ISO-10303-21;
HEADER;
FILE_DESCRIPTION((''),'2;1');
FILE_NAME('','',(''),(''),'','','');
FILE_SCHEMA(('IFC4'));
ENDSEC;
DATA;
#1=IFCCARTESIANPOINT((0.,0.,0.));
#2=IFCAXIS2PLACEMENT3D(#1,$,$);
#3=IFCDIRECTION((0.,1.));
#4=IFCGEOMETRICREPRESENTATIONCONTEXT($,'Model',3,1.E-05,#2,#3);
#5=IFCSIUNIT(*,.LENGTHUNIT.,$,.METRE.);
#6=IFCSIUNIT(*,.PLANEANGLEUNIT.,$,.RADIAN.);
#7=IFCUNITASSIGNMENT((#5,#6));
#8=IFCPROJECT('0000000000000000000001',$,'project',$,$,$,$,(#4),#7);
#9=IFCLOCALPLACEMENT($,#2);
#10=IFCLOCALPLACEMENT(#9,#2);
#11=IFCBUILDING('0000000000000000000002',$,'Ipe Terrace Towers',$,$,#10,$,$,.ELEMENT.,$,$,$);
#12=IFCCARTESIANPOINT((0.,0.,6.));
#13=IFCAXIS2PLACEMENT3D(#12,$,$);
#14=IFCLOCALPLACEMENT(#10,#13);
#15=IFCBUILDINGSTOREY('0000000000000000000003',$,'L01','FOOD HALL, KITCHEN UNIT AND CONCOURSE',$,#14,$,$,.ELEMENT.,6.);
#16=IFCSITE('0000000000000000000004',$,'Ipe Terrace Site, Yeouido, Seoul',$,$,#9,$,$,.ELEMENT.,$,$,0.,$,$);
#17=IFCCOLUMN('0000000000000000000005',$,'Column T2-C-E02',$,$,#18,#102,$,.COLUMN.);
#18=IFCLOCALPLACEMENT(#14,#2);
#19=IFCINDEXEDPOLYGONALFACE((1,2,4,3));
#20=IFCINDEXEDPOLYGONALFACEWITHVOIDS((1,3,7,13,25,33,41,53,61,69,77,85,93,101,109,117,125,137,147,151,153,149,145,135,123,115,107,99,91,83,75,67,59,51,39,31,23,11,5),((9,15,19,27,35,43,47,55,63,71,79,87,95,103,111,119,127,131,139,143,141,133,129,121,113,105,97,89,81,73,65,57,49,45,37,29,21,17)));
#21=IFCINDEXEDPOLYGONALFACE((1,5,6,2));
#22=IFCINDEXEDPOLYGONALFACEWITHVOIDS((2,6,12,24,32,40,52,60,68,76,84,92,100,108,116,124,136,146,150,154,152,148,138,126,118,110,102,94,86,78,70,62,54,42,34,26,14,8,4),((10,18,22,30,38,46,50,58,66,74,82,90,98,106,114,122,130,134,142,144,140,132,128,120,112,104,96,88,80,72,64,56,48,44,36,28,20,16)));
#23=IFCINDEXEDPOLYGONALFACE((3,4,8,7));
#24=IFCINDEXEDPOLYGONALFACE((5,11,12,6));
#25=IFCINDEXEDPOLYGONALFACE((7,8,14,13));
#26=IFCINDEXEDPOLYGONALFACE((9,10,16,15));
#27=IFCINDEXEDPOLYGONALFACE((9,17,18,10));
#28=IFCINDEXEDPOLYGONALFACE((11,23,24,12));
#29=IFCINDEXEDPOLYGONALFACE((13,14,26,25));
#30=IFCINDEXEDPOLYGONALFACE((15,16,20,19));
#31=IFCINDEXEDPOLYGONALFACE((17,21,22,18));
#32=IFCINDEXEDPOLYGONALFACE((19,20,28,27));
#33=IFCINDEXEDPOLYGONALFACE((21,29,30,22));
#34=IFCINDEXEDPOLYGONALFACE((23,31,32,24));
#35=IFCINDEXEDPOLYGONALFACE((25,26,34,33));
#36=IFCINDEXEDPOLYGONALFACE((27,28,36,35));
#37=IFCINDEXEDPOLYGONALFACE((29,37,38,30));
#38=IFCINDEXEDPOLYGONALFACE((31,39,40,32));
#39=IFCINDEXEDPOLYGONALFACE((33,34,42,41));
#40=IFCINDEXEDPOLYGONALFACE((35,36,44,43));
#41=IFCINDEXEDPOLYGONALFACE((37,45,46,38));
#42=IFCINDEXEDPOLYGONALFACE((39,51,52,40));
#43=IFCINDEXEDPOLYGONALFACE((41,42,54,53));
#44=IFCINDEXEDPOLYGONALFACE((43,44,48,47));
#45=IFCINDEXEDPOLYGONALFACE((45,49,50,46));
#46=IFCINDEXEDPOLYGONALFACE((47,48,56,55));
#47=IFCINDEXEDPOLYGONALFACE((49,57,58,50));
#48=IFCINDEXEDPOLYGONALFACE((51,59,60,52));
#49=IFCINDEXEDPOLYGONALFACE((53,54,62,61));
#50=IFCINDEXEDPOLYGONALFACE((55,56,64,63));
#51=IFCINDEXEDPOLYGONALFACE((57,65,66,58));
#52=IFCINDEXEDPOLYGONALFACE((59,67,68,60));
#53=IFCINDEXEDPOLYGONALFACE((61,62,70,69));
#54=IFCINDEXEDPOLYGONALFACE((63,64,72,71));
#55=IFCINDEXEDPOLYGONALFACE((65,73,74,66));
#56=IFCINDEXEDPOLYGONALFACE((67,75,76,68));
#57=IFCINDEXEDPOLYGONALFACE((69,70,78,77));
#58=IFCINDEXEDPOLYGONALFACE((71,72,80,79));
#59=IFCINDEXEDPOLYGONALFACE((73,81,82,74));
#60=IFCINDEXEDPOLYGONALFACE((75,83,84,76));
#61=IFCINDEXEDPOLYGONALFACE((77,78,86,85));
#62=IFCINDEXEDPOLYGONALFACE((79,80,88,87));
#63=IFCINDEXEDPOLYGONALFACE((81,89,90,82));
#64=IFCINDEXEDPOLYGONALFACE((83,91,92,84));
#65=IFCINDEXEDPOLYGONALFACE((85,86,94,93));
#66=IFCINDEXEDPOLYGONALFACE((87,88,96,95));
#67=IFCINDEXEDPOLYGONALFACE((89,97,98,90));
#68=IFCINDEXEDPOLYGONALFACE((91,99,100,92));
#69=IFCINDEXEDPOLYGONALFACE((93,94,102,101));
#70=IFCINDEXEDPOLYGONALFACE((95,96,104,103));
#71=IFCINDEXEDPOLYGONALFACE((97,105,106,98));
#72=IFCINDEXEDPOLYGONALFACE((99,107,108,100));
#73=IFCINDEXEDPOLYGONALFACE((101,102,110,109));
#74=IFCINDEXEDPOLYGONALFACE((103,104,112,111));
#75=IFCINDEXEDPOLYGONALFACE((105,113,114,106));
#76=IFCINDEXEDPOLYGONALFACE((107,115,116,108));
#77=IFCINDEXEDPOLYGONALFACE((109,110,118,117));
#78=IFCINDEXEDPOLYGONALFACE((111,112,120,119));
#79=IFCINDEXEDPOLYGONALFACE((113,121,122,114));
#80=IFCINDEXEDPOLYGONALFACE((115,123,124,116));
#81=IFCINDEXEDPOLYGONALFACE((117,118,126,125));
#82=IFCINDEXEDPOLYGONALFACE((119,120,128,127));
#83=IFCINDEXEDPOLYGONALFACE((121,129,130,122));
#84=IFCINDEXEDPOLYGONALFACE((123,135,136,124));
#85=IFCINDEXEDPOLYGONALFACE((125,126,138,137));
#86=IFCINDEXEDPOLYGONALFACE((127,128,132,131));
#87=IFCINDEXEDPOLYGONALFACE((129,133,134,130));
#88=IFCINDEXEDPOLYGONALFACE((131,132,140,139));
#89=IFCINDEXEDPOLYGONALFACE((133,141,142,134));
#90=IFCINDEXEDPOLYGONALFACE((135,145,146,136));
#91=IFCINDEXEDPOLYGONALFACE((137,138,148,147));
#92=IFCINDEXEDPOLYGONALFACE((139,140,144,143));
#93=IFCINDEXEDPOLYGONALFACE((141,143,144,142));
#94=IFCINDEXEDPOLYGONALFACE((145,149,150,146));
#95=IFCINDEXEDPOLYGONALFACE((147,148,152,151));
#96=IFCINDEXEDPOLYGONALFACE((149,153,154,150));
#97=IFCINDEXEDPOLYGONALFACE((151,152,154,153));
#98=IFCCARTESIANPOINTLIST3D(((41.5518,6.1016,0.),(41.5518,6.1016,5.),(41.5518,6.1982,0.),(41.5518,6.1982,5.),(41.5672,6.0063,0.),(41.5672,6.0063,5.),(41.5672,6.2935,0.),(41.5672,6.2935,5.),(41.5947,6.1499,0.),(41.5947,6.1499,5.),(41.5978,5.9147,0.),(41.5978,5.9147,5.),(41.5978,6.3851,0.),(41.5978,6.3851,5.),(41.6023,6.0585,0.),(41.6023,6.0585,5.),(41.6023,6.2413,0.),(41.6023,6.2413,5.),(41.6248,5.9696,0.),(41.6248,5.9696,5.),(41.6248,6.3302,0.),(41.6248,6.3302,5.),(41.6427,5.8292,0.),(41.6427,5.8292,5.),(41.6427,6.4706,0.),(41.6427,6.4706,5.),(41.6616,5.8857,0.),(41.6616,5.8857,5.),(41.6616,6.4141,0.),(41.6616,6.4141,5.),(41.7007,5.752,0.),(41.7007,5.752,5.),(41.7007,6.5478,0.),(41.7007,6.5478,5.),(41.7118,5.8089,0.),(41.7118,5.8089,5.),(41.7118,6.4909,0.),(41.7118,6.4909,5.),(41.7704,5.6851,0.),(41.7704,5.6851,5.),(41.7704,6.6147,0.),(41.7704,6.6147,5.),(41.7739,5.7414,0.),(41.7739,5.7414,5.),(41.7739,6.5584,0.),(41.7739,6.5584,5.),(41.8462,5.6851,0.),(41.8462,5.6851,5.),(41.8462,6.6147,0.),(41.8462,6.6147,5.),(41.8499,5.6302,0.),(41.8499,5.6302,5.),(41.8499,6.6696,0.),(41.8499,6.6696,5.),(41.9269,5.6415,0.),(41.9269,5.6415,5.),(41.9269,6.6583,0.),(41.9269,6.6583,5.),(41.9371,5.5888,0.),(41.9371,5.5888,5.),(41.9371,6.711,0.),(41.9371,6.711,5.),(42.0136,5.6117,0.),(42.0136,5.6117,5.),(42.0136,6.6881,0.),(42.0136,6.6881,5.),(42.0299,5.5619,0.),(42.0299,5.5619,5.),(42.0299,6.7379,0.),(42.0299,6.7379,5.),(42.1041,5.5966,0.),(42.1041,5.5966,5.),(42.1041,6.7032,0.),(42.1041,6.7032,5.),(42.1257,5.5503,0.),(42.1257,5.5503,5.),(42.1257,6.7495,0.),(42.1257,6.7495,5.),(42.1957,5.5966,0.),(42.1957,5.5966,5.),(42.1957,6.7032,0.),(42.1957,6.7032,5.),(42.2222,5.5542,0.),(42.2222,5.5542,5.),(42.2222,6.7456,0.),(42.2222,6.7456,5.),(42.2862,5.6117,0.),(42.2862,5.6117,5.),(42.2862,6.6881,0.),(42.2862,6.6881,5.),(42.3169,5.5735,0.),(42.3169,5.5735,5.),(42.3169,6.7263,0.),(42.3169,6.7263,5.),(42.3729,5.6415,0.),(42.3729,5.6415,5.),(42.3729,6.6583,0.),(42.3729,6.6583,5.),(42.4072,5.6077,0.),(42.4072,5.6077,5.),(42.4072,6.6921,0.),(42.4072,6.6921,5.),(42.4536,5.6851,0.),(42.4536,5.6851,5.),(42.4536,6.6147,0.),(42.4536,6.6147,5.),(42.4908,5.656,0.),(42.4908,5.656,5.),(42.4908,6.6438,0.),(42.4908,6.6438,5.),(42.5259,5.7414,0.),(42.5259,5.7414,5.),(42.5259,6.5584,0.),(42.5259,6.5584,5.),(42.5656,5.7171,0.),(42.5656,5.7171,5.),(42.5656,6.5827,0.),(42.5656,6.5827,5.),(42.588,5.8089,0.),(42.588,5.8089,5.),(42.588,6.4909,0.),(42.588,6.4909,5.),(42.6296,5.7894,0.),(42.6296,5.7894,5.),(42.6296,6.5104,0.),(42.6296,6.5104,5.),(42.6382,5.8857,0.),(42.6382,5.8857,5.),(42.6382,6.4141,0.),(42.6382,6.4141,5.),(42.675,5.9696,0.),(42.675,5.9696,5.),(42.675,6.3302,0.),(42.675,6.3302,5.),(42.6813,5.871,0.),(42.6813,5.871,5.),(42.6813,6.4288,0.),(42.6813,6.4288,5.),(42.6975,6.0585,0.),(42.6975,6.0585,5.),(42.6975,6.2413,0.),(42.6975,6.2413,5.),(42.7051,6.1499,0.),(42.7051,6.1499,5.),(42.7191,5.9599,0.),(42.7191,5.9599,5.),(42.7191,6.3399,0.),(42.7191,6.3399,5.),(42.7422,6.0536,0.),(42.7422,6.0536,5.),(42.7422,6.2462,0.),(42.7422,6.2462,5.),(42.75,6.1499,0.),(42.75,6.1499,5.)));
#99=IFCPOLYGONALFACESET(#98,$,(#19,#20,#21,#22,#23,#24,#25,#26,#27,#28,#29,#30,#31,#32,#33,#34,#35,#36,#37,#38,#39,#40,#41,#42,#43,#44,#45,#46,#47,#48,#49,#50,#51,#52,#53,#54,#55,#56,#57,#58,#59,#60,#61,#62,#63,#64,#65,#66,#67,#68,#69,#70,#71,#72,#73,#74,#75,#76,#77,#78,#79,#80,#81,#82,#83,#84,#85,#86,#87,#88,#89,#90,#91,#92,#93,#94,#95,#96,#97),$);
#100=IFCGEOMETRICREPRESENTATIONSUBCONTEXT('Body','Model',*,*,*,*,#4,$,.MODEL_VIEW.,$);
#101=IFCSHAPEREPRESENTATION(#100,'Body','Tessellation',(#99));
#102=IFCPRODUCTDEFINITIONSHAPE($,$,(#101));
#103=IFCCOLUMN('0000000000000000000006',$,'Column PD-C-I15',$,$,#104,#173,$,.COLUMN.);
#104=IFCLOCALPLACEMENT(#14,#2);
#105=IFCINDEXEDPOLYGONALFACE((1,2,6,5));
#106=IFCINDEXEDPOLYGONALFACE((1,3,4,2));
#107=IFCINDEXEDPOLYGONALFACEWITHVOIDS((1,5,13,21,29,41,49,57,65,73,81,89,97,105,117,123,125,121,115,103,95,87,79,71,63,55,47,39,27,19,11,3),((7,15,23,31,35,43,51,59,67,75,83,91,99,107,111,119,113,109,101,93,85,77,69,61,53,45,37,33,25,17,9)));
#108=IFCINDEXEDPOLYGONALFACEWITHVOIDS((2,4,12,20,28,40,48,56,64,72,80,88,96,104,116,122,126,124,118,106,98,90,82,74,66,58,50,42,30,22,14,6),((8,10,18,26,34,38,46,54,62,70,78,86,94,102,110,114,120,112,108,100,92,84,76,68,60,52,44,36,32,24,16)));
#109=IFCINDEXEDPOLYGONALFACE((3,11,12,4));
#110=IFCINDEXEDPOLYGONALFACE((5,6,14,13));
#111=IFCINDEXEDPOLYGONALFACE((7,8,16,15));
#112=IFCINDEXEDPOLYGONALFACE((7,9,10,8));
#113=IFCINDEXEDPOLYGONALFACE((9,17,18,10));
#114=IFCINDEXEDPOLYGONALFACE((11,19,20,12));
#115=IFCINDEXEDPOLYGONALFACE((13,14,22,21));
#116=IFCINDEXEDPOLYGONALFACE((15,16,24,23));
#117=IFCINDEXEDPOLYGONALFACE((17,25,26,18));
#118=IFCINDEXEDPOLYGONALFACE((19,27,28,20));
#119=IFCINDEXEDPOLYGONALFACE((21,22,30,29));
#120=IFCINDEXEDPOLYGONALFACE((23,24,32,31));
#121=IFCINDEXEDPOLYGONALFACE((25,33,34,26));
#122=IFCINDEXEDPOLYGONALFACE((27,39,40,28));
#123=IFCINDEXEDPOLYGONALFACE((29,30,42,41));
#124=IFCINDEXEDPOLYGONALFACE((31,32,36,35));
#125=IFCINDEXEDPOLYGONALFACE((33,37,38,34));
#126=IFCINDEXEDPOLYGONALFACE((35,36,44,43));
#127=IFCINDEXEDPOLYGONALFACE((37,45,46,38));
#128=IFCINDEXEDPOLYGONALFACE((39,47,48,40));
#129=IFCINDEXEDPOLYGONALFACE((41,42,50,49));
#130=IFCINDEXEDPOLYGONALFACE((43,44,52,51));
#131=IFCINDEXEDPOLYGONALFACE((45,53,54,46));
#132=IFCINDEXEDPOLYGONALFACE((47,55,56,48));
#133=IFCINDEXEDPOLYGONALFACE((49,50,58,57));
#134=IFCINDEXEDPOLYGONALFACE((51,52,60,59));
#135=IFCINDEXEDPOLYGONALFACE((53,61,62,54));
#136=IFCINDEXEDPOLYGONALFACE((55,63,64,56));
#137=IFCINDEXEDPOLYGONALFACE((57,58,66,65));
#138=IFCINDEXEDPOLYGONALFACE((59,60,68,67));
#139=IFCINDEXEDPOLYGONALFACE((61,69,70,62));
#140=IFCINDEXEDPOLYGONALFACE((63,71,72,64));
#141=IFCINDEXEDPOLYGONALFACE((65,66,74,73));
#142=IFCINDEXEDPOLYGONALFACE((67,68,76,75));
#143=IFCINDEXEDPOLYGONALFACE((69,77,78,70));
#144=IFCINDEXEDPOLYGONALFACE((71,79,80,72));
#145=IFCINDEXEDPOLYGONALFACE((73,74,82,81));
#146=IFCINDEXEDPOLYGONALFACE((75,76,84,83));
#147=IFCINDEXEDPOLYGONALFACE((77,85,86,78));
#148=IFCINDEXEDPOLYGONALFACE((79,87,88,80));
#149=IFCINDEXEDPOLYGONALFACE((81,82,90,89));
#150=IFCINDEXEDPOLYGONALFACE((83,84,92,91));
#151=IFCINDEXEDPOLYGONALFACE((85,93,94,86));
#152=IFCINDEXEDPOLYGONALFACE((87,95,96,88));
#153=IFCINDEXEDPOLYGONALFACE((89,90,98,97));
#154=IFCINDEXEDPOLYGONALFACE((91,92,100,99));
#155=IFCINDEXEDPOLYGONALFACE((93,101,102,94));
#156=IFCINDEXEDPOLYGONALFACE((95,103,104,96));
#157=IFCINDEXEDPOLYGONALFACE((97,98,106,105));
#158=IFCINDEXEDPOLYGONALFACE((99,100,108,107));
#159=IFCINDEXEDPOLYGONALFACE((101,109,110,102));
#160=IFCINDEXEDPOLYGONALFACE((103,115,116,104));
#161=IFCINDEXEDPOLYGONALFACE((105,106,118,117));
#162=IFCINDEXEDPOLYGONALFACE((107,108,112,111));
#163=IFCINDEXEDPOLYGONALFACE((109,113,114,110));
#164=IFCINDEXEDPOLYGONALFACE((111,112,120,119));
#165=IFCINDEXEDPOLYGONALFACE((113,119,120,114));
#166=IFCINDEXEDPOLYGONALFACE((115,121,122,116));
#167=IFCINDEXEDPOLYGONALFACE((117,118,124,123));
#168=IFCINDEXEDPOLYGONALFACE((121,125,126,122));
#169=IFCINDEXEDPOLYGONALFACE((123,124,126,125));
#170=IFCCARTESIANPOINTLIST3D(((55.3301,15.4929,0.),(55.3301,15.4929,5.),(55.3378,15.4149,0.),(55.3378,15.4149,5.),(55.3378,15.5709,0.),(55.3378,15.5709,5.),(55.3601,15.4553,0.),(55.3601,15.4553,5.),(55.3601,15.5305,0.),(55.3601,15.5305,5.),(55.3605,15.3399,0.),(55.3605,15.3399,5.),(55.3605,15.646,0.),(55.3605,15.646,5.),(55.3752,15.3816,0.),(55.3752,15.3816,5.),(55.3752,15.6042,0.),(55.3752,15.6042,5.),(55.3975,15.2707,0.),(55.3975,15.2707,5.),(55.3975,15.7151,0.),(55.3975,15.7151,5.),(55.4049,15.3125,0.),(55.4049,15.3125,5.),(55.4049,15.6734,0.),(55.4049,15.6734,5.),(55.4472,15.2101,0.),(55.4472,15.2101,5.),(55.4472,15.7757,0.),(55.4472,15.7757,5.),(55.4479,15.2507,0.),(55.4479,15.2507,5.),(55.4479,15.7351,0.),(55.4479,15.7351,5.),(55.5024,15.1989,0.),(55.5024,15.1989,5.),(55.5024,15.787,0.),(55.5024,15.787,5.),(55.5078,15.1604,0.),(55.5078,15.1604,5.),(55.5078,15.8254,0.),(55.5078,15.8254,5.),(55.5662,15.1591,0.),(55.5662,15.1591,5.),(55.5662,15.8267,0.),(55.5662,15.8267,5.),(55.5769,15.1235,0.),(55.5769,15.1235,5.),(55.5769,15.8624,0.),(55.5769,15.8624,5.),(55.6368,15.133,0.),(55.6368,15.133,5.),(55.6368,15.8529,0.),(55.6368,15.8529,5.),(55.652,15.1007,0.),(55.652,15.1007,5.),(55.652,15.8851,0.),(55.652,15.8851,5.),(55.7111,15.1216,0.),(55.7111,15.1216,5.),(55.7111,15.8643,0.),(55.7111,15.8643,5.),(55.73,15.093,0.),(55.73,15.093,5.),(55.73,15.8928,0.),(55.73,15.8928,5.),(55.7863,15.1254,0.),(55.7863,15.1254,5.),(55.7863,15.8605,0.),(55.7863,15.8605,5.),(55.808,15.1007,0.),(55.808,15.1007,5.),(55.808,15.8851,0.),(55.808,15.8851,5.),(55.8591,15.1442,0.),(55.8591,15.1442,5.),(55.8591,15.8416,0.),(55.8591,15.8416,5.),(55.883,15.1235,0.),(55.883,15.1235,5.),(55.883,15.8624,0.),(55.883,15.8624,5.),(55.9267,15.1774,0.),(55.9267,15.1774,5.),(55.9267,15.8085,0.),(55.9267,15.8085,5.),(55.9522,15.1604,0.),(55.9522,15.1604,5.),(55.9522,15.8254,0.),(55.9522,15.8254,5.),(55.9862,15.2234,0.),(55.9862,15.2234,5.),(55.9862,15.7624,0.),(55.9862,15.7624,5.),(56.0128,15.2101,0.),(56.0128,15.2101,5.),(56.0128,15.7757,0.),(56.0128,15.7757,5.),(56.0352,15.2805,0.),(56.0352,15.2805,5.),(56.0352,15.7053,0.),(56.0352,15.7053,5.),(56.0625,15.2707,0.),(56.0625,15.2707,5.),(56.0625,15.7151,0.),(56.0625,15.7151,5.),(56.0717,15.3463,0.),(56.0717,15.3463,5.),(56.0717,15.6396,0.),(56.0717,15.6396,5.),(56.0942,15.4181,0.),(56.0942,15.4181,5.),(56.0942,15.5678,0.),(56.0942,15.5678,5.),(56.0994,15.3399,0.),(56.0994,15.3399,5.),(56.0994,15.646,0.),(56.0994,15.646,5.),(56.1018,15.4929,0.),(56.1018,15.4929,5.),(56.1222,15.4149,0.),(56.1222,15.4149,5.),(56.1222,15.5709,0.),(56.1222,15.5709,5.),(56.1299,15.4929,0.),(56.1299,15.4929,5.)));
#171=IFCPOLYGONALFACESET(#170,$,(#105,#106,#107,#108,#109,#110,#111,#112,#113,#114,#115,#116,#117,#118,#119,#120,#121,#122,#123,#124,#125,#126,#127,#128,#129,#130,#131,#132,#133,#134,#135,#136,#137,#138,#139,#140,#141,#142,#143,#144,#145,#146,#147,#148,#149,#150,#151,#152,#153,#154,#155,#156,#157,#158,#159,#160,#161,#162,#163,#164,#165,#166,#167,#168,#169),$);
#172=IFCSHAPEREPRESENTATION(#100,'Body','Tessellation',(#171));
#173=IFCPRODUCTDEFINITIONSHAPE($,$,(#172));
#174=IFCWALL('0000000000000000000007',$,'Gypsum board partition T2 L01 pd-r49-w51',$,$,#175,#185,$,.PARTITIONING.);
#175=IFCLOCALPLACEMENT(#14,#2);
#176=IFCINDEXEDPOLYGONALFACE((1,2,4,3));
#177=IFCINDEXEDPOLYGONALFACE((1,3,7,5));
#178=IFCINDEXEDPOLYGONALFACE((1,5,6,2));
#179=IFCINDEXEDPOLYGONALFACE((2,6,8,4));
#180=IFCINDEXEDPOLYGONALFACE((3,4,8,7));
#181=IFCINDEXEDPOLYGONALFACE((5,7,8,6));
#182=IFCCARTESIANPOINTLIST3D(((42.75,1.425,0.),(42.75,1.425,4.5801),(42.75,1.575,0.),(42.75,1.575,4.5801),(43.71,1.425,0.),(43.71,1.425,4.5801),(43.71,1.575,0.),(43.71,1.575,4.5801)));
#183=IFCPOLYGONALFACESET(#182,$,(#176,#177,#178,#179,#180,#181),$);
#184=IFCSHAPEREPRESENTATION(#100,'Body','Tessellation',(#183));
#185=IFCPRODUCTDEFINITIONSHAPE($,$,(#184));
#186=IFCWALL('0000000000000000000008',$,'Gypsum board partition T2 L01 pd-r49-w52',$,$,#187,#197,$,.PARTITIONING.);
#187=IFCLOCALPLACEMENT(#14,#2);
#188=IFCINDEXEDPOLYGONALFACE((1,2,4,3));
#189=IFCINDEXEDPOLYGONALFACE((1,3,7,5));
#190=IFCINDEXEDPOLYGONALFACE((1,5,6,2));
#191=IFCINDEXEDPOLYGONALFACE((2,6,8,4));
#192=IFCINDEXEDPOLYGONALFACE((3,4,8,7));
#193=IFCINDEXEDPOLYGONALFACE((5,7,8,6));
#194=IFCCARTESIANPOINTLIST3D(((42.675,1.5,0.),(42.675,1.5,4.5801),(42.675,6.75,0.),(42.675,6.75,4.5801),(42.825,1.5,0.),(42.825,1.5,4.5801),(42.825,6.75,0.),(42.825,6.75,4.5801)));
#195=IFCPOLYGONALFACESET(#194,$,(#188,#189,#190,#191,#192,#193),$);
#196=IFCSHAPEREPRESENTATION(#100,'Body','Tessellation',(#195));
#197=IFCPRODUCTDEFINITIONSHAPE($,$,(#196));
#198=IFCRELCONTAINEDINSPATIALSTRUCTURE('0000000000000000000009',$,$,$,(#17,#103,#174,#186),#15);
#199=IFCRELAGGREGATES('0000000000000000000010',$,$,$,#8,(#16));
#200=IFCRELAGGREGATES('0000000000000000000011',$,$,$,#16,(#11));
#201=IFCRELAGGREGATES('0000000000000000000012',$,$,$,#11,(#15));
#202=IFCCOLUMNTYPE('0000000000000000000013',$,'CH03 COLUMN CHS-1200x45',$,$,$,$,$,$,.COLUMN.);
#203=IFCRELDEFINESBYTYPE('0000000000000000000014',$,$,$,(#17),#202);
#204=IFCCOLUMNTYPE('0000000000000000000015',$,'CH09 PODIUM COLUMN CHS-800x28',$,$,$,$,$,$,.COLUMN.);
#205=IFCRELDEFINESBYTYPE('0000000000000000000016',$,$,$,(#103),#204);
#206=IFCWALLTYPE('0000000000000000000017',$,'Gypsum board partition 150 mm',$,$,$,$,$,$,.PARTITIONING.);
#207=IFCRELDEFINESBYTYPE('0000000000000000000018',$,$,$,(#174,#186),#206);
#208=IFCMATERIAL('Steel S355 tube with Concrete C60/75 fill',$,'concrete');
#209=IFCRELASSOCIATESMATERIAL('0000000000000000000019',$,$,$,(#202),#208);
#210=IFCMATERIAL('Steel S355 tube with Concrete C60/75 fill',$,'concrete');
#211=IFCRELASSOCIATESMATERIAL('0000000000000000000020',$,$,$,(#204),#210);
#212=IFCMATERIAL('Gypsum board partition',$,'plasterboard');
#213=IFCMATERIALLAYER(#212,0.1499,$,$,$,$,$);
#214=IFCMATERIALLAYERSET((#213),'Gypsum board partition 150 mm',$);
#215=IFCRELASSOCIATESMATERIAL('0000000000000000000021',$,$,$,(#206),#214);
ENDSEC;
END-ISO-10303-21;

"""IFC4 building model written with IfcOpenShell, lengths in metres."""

from ifc_helpers import new_model, si_unit, direction, frame, frame_2d, origin, origin_2d, place, context, subcontext, project, spatial, rectangle, hollow_circle, extrude, material, layer, layer_set, material_profile, profile_set, type_object, element, save


model = new_model("IFC4")

# Units and contexts
model_context = context("Model", 3, precision=1e-05, world=origin(), true_north=direction((0.0, 1.0)))
body_context = subcontext(model_context, "Body", "Model", "MODEL_VIEW")
ifc_project = project(units=[si_unit("LENGTHUNIT", "METRE"), si_unit("PLANEANGLEUNIT", "RADIAN")], contexts=[model_context])

# Site, building, storey
site_placement = place(None, origin())
site = spatial("IfcSite", under=ifc_project, at=site_placement, Name="Ipe Terrace Site, Yeouido, Seoul", CompositionType="ELEMENT", RefElevation=0.0)
building_placement = place(site_placement, origin())
building = spatial("IfcBuilding", under=site, at=building_placement, Name="Ipe Terrace Towers", CompositionType="ELEMENT")
storey_placement = place(building_placement, frame((0.0, 0.0, 6.0)))
storey = spatial("IfcBuildingStorey", under=building, at=storey_placement, Name="L01", Description="FOOD HALL, KITCHEN UNIT AND CONCOURSE", CompositionType="ELEMENT", Elevation=6.0)

# Columns
ifc_material_1 = material(Name="Steel S355 tube with Concrete C60/75 fill", Category="concrete")
ifc_material_profile_1 = material_profile(ifc_material_1, hollow_circle(Radius=0.6001, WallThickness=0.0449, at=origin_2d()), Name="CHS-1200x45")
ifc_profile_set_1 = profile_set([ifc_material_profile_1], Name="Steel S355 tube with Concrete C60/75 fill")
column_type_1 = type_object("IfcColumnType", Name="CH03 COLUMN CHS-1200x45", PredefinedType="COLUMN", material=ifc_profile_set_1)
column_1_placement = place(storey_placement, frame((42.1499, 6.1499, 0.0), z_axis=(0.0, 0.0, 1.0), x_axis=(1.0, 0.0, 0.0)))
element("IfcColumn", 1, at=column_1_placement, inside=storey, type_object=column_type_1, Name="Column T2-C-E02", PredefinedType="COLUMN", context=body_context, shape_type="SweptSolid", body=[
    extrude(hollow_circle(Radius=0.6001, WallThickness=0.0449, at=origin_2d()), origin(), (0.0, 0.0, 1.0), 5.0),
])
ifc_material_2 = material(Name="Steel S355 tube with Concrete C60/75 fill", Category="concrete")
ifc_material_profile_2 = material_profile(ifc_material_2, hollow_circle(Radius=0.3999, WallThickness=0.0281, at=origin_2d()), Name="CHS-800x28")
ifc_profile_set_2 = profile_set([ifc_material_profile_2], Name="Steel S355 tube with Concrete C60/75 fill")
column_type_2 = type_object("IfcColumnType", Name="CH09 PODIUM COLUMN CHS-800x28", PredefinedType="COLUMN", material=ifc_profile_set_2)
column_2_placement = place(storey_placement, frame((55.73, 15.4929, 0.0), z_axis=(0.0, 0.0, 1.0), x_axis=(1.0, 0.0, 0.0)))
element("IfcColumn", 2, at=column_2_placement, inside=storey, type_object=column_type_2, Name="Column PD-C-I15", PredefinedType="COLUMN", context=body_context, shape_type="SweptSolid", body=[
    extrude(hollow_circle(Radius=0.3999, WallThickness=0.0281, at=origin_2d()), origin(), (0.0, 0.0, 1.0), 5.0),
])

# Walls
ifc_material_3 = material(Name="Gypsum board partition", Category="plasterboard")
ifc_layer_1 = layer(ifc_material_3, 0.1499)
ifc_layer_set_1 = layer_set([ifc_layer_1], Name="Gypsum board partition 150 mm")
wall_type_1 = type_object("IfcWallType", Name="Gypsum board partition 150 mm", PredefinedType="PARTITIONING", material=ifc_layer_set_1)
wall_1_placement = place(storey_placement, frame((43.71, 1.5, 0.0), z_axis=(0.0, 0.0, 1.0), x_axis=(-1.0, 0.0, 0.0)))
element("IfcWall", 3, at=wall_1_placement, inside=storey, type_object=wall_type_1, Name="Gypsum board partition T2 L01 pd-r49-w51", PredefinedType="PARTITIONING", context=body_context, shape_type="SweptSolid", body=[
    extrude(rectangle(XDim=0.96, YDim=0.1499, at=frame_2d((0.48, 0.0))), origin(), (0.0, 0.0, 1.0), 4.5801),
])
wall_2_placement = place(storey_placement, frame((42.75, 1.5, 0.0), z_axis=(0.0, 0.0, 1.0), x_axis=(0.0, 1.0, 0.0)))
element("IfcWall", 4, at=wall_2_placement, inside=storey, type_object=wall_type_1, Name="Gypsum board partition T2 L01 pd-r49-w52", PredefinedType="PARTITIONING", context=body_context, shape_type="SweptSolid", body=[
    extrude(rectangle(XDim=5.25, YDim=0.1499, at=frame_2d((2.625, 0.0))), origin(), (0.0, 0.0, 1.0), 4.5801),
])

save(model, "model.ifc")
